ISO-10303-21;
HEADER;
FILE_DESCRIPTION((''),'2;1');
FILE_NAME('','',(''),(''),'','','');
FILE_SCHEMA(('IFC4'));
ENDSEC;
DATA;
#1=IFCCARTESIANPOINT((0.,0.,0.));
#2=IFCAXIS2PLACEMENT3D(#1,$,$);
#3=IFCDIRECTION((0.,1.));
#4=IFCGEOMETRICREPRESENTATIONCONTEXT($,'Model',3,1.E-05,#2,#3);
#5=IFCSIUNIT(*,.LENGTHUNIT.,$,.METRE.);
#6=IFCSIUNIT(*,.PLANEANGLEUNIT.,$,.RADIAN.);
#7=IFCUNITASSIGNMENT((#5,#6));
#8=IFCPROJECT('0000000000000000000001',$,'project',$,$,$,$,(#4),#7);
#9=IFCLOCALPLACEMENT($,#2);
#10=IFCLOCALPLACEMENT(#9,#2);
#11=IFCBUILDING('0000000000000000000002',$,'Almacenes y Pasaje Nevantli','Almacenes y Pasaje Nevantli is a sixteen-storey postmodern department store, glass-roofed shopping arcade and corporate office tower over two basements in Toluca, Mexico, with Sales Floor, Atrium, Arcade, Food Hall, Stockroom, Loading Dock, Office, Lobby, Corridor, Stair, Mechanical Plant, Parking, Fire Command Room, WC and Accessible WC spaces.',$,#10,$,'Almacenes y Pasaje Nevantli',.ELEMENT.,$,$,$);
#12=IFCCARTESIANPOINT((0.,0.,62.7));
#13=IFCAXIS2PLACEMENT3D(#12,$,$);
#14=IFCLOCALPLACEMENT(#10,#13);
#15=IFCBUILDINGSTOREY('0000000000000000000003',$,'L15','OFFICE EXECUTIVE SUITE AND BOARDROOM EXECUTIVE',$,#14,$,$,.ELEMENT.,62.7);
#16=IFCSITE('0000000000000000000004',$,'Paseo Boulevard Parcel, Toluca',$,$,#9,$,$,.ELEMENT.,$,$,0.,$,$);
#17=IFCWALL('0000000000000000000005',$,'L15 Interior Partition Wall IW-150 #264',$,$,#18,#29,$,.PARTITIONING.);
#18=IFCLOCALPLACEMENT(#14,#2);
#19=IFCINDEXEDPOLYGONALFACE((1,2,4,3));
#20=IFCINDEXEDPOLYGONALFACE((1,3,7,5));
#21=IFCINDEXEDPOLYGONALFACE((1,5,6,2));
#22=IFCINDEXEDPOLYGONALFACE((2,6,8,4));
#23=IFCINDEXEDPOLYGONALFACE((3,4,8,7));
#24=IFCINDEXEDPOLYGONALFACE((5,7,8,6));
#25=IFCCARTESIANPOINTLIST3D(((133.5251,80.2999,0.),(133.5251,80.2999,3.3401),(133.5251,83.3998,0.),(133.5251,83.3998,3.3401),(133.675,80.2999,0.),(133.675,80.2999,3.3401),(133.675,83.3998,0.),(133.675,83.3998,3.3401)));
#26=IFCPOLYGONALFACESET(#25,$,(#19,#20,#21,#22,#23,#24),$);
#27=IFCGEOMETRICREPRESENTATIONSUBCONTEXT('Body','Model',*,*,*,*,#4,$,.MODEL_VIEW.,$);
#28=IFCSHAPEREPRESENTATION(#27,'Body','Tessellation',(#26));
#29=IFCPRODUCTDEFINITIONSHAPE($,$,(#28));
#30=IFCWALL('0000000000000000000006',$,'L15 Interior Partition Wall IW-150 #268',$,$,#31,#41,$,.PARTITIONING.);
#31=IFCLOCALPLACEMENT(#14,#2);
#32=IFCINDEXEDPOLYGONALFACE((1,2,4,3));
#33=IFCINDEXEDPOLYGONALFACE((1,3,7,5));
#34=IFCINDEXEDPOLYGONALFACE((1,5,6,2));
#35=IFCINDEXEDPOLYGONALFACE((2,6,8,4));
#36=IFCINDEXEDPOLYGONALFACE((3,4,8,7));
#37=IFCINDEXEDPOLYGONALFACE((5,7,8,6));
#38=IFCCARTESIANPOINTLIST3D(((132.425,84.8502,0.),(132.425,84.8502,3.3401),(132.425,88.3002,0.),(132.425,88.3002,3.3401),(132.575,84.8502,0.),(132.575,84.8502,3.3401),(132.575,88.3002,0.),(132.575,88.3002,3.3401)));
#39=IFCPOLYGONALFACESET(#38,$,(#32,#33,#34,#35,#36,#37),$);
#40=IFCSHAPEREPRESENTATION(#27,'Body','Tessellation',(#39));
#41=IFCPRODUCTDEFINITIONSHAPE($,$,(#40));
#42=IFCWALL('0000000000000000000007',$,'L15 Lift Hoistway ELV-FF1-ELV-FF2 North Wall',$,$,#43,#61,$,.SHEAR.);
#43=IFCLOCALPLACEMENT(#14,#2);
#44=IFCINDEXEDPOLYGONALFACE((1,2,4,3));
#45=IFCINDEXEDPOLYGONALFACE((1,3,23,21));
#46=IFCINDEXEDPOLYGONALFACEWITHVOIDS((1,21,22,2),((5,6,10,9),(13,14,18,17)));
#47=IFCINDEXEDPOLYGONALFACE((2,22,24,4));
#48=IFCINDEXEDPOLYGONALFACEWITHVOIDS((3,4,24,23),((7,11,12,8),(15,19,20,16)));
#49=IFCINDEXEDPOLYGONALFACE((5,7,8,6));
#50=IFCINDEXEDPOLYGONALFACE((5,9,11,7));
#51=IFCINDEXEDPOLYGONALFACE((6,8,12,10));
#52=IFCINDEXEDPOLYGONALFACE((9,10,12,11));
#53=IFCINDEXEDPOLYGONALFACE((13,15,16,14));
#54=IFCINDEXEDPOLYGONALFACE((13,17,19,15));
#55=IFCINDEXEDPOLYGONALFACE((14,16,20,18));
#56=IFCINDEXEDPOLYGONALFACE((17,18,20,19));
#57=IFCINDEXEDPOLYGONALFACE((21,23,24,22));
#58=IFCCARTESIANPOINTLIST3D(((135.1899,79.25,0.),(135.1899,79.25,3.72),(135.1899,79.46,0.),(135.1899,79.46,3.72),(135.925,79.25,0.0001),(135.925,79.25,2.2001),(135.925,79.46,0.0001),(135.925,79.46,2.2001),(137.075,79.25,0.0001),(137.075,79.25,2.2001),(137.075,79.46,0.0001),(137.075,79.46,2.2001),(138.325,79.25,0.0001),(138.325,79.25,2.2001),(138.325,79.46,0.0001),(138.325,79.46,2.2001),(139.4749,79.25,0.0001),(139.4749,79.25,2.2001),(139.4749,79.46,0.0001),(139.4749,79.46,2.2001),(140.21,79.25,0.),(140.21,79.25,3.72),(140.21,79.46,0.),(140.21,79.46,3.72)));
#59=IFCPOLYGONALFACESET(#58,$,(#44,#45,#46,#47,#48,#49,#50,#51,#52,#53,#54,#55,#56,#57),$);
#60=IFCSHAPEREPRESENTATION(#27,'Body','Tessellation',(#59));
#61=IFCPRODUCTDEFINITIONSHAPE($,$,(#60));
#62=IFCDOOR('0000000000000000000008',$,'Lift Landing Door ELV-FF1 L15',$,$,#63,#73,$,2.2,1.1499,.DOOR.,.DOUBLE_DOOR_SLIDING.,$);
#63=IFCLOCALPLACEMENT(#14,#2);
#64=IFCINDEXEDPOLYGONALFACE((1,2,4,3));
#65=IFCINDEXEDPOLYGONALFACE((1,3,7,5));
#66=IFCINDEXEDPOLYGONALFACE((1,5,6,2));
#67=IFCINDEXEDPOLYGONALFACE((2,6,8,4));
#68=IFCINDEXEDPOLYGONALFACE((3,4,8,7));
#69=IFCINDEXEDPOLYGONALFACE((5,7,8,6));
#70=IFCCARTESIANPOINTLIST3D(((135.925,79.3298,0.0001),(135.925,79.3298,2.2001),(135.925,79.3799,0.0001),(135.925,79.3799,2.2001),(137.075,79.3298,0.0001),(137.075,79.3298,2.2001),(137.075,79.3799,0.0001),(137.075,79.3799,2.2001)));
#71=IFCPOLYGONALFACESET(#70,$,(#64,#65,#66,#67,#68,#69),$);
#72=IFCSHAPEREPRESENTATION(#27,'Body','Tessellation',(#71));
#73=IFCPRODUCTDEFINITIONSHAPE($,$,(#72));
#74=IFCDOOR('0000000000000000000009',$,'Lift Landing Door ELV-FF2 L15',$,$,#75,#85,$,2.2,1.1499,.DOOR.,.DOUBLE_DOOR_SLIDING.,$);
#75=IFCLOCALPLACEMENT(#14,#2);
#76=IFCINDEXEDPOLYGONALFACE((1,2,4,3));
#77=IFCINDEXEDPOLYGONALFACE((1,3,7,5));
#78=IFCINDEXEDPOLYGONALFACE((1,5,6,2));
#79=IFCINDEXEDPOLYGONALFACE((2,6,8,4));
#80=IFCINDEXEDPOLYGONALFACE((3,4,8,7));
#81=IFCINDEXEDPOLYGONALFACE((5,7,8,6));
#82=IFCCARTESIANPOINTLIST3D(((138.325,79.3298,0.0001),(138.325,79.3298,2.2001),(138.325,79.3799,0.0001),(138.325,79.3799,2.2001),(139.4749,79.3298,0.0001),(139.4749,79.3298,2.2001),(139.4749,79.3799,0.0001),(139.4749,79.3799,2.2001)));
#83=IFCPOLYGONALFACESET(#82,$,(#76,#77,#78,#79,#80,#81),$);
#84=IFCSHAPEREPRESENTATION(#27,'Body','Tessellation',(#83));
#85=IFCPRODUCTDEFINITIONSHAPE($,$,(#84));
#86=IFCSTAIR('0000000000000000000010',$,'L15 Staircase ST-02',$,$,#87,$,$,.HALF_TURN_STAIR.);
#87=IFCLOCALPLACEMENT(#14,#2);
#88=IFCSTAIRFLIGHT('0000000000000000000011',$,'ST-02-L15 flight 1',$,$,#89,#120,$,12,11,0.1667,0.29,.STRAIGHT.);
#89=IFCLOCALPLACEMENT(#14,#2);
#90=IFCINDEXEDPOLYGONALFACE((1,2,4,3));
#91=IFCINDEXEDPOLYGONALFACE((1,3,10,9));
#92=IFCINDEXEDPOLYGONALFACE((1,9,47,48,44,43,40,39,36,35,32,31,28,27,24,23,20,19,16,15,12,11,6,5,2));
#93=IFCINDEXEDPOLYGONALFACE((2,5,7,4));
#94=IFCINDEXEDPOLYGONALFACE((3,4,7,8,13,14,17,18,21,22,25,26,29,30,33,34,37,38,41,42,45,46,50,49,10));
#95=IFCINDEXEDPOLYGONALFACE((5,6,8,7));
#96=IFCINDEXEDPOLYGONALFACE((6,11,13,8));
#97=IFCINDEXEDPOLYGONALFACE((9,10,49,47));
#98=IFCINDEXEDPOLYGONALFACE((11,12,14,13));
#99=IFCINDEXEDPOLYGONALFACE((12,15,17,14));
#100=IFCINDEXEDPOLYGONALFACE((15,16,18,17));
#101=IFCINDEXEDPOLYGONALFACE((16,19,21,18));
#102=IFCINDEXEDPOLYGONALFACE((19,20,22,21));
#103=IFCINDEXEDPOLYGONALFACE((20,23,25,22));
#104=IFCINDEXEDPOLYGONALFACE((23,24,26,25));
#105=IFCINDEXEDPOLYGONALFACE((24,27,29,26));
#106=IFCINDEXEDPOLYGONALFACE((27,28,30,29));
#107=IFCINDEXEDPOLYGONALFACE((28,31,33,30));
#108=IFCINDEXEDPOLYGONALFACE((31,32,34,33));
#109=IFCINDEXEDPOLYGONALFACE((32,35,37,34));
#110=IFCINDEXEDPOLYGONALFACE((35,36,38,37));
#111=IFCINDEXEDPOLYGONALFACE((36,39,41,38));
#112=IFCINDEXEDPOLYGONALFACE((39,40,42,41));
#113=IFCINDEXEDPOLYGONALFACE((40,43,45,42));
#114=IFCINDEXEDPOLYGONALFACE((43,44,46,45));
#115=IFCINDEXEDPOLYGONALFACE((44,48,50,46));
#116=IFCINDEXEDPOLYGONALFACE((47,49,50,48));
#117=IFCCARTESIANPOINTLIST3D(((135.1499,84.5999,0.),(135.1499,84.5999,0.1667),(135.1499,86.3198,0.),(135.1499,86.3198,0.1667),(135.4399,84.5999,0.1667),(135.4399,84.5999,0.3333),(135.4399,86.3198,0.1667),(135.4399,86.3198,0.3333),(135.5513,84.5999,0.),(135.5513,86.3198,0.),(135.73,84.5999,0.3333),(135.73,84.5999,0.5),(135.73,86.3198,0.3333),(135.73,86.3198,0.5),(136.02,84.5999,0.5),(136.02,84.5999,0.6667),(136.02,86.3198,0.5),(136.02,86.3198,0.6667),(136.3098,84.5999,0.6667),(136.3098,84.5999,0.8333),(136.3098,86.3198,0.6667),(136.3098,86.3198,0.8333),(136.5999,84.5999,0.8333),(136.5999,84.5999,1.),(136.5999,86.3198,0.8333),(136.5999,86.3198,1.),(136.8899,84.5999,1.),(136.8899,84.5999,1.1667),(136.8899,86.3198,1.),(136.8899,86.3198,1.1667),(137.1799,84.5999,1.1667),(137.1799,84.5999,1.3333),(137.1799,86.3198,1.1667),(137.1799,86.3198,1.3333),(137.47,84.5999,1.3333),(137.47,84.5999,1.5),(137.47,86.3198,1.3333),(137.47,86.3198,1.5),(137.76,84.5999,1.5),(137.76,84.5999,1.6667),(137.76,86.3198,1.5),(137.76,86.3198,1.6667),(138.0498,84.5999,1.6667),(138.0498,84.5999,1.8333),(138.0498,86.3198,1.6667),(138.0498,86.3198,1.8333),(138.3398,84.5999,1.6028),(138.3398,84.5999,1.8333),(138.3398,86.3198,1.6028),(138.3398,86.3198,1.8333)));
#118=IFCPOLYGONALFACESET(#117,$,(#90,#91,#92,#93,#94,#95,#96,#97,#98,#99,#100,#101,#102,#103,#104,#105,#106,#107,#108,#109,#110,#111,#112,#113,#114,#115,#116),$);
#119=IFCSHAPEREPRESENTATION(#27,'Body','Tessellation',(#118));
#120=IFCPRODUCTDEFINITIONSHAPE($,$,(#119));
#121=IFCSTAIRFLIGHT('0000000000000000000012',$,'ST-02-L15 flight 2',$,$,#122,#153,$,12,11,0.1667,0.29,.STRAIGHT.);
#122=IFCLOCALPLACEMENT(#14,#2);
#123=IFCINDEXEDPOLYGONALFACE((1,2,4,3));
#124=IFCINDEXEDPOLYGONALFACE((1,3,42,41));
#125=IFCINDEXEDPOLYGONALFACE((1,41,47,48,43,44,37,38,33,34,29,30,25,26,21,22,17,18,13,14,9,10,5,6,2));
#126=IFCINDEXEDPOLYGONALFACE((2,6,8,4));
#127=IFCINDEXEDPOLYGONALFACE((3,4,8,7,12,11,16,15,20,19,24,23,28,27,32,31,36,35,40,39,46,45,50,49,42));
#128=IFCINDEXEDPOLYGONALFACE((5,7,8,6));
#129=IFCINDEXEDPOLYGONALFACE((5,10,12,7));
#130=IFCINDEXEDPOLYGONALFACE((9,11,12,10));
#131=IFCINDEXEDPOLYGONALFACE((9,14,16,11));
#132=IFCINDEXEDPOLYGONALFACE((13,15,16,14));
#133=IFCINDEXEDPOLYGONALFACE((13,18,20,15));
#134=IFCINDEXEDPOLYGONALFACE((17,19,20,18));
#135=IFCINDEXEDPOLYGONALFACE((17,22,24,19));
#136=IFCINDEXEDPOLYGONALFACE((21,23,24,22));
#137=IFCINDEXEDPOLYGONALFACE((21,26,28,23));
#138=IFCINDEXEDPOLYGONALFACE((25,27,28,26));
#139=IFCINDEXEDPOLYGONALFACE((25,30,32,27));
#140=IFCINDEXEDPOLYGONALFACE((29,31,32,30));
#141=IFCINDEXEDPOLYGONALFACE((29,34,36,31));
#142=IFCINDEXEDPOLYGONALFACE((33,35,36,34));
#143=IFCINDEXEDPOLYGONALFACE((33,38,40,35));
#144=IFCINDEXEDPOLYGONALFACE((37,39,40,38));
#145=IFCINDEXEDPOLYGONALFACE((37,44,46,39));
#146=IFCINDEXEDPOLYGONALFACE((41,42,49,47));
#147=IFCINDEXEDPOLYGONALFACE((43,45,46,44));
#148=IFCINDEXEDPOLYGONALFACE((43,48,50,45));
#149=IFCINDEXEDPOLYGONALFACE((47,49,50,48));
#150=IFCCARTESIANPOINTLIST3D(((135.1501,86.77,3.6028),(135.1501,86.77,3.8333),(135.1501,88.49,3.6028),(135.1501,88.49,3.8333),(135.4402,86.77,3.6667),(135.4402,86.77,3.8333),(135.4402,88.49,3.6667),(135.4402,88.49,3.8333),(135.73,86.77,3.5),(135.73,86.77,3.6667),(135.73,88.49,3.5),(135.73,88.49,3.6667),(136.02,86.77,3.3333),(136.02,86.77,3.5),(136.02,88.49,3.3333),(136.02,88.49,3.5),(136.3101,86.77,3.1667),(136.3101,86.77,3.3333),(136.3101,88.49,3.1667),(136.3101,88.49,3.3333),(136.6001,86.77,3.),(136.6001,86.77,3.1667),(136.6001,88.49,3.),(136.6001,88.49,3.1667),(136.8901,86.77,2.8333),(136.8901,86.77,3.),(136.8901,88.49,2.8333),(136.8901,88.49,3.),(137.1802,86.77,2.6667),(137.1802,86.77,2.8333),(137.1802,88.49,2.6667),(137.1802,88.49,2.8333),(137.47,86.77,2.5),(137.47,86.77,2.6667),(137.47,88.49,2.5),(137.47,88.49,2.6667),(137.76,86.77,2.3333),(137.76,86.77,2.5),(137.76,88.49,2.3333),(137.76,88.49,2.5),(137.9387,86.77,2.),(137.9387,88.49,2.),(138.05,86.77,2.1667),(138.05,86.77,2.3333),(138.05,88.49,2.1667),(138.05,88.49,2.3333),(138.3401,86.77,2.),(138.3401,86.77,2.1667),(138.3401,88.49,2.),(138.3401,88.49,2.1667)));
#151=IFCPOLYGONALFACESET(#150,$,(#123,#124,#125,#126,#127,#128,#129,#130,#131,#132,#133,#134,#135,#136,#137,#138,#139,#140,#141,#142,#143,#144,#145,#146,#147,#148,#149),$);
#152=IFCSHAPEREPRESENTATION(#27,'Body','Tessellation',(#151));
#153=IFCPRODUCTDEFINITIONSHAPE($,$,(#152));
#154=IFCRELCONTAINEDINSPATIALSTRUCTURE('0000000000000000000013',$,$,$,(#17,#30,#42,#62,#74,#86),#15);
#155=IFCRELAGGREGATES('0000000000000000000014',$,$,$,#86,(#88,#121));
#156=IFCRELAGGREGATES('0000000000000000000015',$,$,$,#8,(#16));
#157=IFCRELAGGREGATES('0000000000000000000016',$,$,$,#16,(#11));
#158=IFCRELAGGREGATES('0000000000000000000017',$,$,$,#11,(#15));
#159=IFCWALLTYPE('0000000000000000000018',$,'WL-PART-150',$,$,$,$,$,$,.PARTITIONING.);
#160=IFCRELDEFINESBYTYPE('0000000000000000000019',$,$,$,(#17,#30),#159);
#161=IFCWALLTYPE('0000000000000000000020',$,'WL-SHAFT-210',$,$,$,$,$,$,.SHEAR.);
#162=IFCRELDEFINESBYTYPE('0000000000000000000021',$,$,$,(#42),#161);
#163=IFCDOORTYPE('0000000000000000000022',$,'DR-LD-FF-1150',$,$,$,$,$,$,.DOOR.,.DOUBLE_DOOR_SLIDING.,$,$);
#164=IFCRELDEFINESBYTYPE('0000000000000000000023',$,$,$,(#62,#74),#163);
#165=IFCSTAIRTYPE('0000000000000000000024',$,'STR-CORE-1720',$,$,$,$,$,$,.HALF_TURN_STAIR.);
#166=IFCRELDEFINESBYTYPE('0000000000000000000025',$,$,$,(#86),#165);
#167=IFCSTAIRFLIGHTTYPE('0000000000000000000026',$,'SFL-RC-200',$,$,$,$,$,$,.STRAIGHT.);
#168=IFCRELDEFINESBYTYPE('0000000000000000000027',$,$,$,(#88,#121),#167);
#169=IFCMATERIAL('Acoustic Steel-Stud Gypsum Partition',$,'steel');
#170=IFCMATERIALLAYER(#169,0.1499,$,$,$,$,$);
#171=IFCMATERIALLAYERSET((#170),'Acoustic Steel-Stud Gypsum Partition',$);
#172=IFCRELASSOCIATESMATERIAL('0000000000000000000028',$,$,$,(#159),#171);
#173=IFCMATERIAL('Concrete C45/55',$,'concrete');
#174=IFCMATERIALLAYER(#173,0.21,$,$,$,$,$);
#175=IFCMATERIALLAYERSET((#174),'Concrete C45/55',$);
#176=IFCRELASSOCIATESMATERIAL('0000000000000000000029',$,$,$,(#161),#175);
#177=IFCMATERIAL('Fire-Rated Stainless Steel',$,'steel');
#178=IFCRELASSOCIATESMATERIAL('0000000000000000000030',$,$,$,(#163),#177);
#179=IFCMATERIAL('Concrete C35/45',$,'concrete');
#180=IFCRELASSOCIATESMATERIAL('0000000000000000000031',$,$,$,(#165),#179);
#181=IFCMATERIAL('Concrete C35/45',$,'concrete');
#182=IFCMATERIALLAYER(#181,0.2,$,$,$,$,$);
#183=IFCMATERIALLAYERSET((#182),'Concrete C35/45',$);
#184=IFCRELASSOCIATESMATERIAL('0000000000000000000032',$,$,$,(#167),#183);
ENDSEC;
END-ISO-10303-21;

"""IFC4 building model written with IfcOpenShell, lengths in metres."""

from ifc_helpers import new_model, si_unit, direction, frame, frame_2d, origin, place, context, subcontext, project, spatial, polyline, rectangle, outline, extrude, material, layer, layer_set, type_object, element, fill, aggregate, save


model = new_model("IFC4")

# Units and contexts
model_context = context("Model", 3, precision=1e-05, world=origin(), true_north=direction((0.0, 1.0)))
body_context = subcontext(model_context, "Body", "Model", "MODEL_VIEW")
ifc_project = project(units=[si_unit("LENGTHUNIT", "METRE"), si_unit("PLANEANGLEUNIT", "RADIAN")], contexts=[model_context])

# Site, building, storey
site_placement = place(None, origin())
site = spatial("IfcSite", under=ifc_project, at=site_placement, Name="Paseo Boulevard Parcel, Toluca", CompositionType="ELEMENT", RefElevation=0.0)
building_placement = place(site_placement, origin())
building = spatial("IfcBuilding", under=site, at=building_placement, Name="Almacenes y Pasaje Nevantli", Description="Almacenes y Pasaje Nevantli is a sixteen-storey postmodern department store, glass-roofed shopping arcade and corporate office tower over two basements in Toluca, Mexico, with Sales Floor, Atrium, Arcade, Food Hall, Stockroom, Loading Dock, Office, Lobby, Corridor, Stair, Mechanical Plant, Parking, Fire Command Room, WC and Accessible WC spaces.", LongName="Almacenes y Pasaje Nevantli", CompositionType="ELEMENT")
storey_placement = place(building_placement, frame((0.0, 0.0, 62.7)))
storey = spatial("IfcBuildingStorey", under=building, at=storey_placement, Name="L15", Description="OFFICE EXECUTIVE SUITE AND BOARDROOM EXECUTIVE", CompositionType="ELEMENT", Elevation=62.7)

# Walls
ifc_material_1 = material(Name="Acoustic Steel-Stud Gypsum Partition", Category="steel")
ifc_layer_1 = layer(ifc_material_1, 0.1499)
ifc_layer_set_1 = layer_set([ifc_layer_1], Name="Acoustic Steel-Stud Gypsum Partition")
wall_type_1 = type_object("IfcWallType", Name="WL-PART-150", PredefinedType="PARTITIONING", material=ifc_layer_set_1)
wall_1_placement = place(storey_placement, frame((133.6001, 80.3, 0.0), z_axis=(0.0, 0.0, 1.0), x_axis=(0.0, 1.0, 0.0)))
element("IfcWall", 1, at=wall_1_placement, inside=storey, type_object=wall_type_1, Name="L15 Interior Partition Wall IW-150 #264", PredefinedType="PARTITIONING", context=body_context, shape_type="SweptSolid", body=[
    extrude(rectangle(XDim=3.0999, YDim=0.1499, at=frame_2d((1.5498, 0.0))), origin(), (0.0, 0.0, 1.0), 3.3401),
])
wall_2_placement = place(storey_placement, frame((132.5, 84.8501, 0.0), z_axis=(0.0, 0.0, 1.0), x_axis=(0.0, 1.0, 0.0)))
element("IfcWall", 2, at=wall_2_placement, inside=storey, type_object=wall_type_1, Name="L15 Interior Partition Wall IW-150 #268", PredefinedType="PARTITIONING", context=body_context, shape_type="SweptSolid", body=[
    extrude(rectangle(XDim=3.45, YDim=0.1499, at=frame_2d((1.7251, 0.0))), origin(), (0.0, 0.0, 1.0), 3.3401),
])

# Wall, openings, doors
ifc_material_2 = material(Name="Concrete C45/55", Category="concrete")
ifc_layer_2 = layer(ifc_material_2, 0.21)
ifc_layer_set_2 = layer_set([ifc_layer_2], Name="Concrete C45/55")
wall_type_2 = type_object("IfcWallType", Name="WL-SHAFT-210", PredefinedType="SHEAR", material=ifc_layer_set_2)
wall_3_placement = place(storey_placement, frame((135.1899, 79.355, 0.0), z_axis=(0.0, 0.0, 1.0), x_axis=(1.0, 0.0, 0.0)))
wall_3 = element("IfcWall", 3, at=wall_3_placement, inside=storey, type_object=wall_type_2, Name="L15 Lift Hoistway ELV-FF1-ELV-FF2 North Wall", PredefinedType="SHEAR", context=body_context, shape_type="SweptSolid", body=[
    extrude(rectangle(XDim=5.02, YDim=0.21, at=frame_2d((2.51, 0.0))), origin(), (0.0, 0.0, 1.0), 3.72),
])
opening_1_placement = place(wall_3_placement, frame((0.7351, 0.0, 0.0)))
opening_1 = element("IfcOpeningElement", 4, at=opening_1_placement, cuts=wall_3, PredefinedType="OPENING", context=body_context, shape_type="SweptSolid", body=[
    extrude(rectangle(XDim=1.1499, YDim=2.2, at=frame_2d((0.575, 1.1001))), frame((0.0, 0.115, 0.0), z_axis=(0.0, -1.0, 0.0), x_axis=(1.0, 0.0, 0.0)), (0.0, 0.0, 1.0), 0.23),
])
opening_2_placement = place(wall_3_placement, frame((3.135, 0.0, 0.0)))
opening_2 = element("IfcOpeningElement", 5, at=opening_2_placement, cuts=wall_3, PredefinedType="OPENING", context=body_context, shape_type="SweptSolid", body=[
    extrude(rectangle(XDim=1.1499, YDim=2.2, at=frame_2d((0.575, 1.1001))), frame((0.0, 0.115, 0.0), z_axis=(0.0, -1.0, 0.0), x_axis=(1.0, 0.0, 0.0)), (0.0, 0.0, 1.0), 0.23),
])
ifc_material_3 = material(Name="Fire-Rated Stainless Steel", Category="steel")
door_type_1 = type_object("IfcDoorType", Name="DR-LD-FF-1150", OperationType="DOUBLE_DOOR_SLIDING", PredefinedType="DOOR", material=ifc_material_3)
door_1_placement = place(opening_1_placement, origin())
door_1 = element("IfcDoor", 6, at=door_1_placement, inside=storey, type_object=door_type_1, Name="Lift Landing Door ELV-FF1 L15", OperationType="DOUBLE_DOOR_SLIDING", OverallHeight=2.2, OverallWidth=1.1499, PredefinedType="DOOR", context=body_context, shape_type="SweptSolid", body=[
    extrude(rectangle(XDim=1.1499, YDim=2.2, at=frame_2d((0.575, 1.1001))), frame((0.0, 0.0249, 0.0), z_axis=(0.0, -1.0, 0.0), x_axis=(1.0, 0.0, 0.0)), (0.0, 0.0, 1.0), 0.05),
])
fill(opening_1, door_1)
door_2_placement = place(opening_2_placement, origin())
door_2 = element("IfcDoor", 7, at=door_2_placement, inside=storey, type_object=door_type_1, Name="Lift Landing Door ELV-FF2 L15", OperationType="DOUBLE_DOOR_SLIDING", OverallHeight=2.2, OverallWidth=1.1499, PredefinedType="DOOR", context=body_context, shape_type="SweptSolid", body=[
    extrude(rectangle(XDim=1.1499, YDim=2.2, at=frame_2d((0.575, 1.1001))), frame((0.0, 0.0249, 0.0), z_axis=(0.0, -1.0, 0.0), x_axis=(1.0, 0.0, 0.0)), (0.0, 0.0, 1.0), 0.05),
])
fill(opening_2, door_2)

# Stair, stair flights
ifc_material_4 = material(Name="Concrete C35/45", Category="concrete")
stair_type = type_object("IfcStairType", Name="STR-CORE-1720", PredefinedType="HALF_TURN_STAIR", material=ifc_material_4)
stair_placement = place(storey_placement, origin())
stair = element("IfcStair", 8, at=stair_placement, inside=storey, type_object=stair_type, Name="L15 Staircase ST-02", PredefinedType="HALF_TURN_STAIR")
ifc_material_5 = material(Name="Concrete C35/45", Category="concrete")
ifc_layer_3 = layer(ifc_material_5, 0.2)
ifc_layer_set_3 = layer_set([ifc_layer_3], Name="Concrete C35/45")
stair_flight_type = type_object("IfcStairFlightType", Name="SFL-RC-200", PredefinedType="STRAIGHT", material=ifc_layer_set_3)
stair_flight_1_placement = place(storey_placement, frame((135.1499, 85.46, 0.0), z_axis=(0.0, 0.0, 1.0), x_axis=(1.0, 0.0, 0.0)))
stair_flight_1 = element("IfcStairFlight", 9, at=stair_flight_1_placement, type_object=stair_flight_type, Name="ST-02-L15 flight 1", NumberOfRisers=12, NumberOfTreads=11, PredefinedType="STRAIGHT", RiserHeight=0.1667, TreadLength=0.29, context=body_context, shape_type="SweptSolid", body=[
    extrude(outline(polyline([(0.0, 0.0), (0.0, 0.1667), (0.29, 0.1667), (0.29, 0.3333), (0.5801, 0.3333), (0.5801, 0.5), (0.8701, 0.5), (0.8701, 0.6667), (1.1599, 0.6667), (1.1599, 0.8333), (1.45, 0.8333), (1.45, 1.0), (1.74, 1.0), (1.74, 1.1667), (2.03, 1.1667), (2.03, 1.3333), (2.3201, 1.3333), (2.3201, 1.5), (2.6101, 1.5), (2.6101, 1.6667), (2.8999, 1.6667), (2.8999, 1.8333), (3.1899, 1.8333), (3.1899, 2.0), (3.1899, 1.6028), (0.4014, 0.0), (0.0, 0.0)])), frame((0.0, 0.8599, 0.0), z_axis=(0.0, -1.0, 0.0), x_axis=(1.0, 0.0, 0.0)), (0.0, 0.0, 1.0), 1.72),
])
stair_flight_2_placement = place(storey_placement, frame((138.3401, 87.6299, 2.0), z_axis=(0.0, 0.0, 1.0), x_axis=(-1.0, 0.0, 0.0)))
stair_flight_2 = element("IfcStairFlight", 10, at=stair_flight_2_placement, type_object=stair_flight_type, Name="ST-02-L15 flight 2", NumberOfRisers=12, NumberOfTreads=11, PredefinedType="STRAIGHT", RiserHeight=0.1667, TreadLength=0.29, context=body_context, shape_type="SweptSolid", body=[
    extrude(outline(polyline([(0.0, 0.0), (0.0, 0.1667), (0.29, 0.1667), (0.29, 0.3333), (0.5801, 0.3333), (0.5801, 0.5), (0.8701, 0.5), (0.8701, 0.6667), (1.1599, 0.6667), (1.1599, 0.8333), (1.45, 0.8333), (1.45, 1.0), (1.74, 1.0), (1.74, 1.1667), (2.03, 1.1667), (2.03, 1.3333), (2.3201, 1.3333), (2.3201, 1.5), (2.6101, 1.5), (2.6101, 1.6667), (2.8999, 1.6667), (2.8999, 1.8333), (3.1899, 1.8333), (3.1899, 2.0), (3.1899, 1.6028), (0.4014, 0.0), (0.0, 0.0)])), frame((0.0, 0.8599, 0.0), z_axis=(0.0, -1.0, 0.0), x_axis=(1.0, 0.0, 0.0)), (0.0, 0.0, 1.0), 1.72),
])
aggregate(stair, [stair_flight_1, stair_flight_2])

save(model, "model.ifc")
